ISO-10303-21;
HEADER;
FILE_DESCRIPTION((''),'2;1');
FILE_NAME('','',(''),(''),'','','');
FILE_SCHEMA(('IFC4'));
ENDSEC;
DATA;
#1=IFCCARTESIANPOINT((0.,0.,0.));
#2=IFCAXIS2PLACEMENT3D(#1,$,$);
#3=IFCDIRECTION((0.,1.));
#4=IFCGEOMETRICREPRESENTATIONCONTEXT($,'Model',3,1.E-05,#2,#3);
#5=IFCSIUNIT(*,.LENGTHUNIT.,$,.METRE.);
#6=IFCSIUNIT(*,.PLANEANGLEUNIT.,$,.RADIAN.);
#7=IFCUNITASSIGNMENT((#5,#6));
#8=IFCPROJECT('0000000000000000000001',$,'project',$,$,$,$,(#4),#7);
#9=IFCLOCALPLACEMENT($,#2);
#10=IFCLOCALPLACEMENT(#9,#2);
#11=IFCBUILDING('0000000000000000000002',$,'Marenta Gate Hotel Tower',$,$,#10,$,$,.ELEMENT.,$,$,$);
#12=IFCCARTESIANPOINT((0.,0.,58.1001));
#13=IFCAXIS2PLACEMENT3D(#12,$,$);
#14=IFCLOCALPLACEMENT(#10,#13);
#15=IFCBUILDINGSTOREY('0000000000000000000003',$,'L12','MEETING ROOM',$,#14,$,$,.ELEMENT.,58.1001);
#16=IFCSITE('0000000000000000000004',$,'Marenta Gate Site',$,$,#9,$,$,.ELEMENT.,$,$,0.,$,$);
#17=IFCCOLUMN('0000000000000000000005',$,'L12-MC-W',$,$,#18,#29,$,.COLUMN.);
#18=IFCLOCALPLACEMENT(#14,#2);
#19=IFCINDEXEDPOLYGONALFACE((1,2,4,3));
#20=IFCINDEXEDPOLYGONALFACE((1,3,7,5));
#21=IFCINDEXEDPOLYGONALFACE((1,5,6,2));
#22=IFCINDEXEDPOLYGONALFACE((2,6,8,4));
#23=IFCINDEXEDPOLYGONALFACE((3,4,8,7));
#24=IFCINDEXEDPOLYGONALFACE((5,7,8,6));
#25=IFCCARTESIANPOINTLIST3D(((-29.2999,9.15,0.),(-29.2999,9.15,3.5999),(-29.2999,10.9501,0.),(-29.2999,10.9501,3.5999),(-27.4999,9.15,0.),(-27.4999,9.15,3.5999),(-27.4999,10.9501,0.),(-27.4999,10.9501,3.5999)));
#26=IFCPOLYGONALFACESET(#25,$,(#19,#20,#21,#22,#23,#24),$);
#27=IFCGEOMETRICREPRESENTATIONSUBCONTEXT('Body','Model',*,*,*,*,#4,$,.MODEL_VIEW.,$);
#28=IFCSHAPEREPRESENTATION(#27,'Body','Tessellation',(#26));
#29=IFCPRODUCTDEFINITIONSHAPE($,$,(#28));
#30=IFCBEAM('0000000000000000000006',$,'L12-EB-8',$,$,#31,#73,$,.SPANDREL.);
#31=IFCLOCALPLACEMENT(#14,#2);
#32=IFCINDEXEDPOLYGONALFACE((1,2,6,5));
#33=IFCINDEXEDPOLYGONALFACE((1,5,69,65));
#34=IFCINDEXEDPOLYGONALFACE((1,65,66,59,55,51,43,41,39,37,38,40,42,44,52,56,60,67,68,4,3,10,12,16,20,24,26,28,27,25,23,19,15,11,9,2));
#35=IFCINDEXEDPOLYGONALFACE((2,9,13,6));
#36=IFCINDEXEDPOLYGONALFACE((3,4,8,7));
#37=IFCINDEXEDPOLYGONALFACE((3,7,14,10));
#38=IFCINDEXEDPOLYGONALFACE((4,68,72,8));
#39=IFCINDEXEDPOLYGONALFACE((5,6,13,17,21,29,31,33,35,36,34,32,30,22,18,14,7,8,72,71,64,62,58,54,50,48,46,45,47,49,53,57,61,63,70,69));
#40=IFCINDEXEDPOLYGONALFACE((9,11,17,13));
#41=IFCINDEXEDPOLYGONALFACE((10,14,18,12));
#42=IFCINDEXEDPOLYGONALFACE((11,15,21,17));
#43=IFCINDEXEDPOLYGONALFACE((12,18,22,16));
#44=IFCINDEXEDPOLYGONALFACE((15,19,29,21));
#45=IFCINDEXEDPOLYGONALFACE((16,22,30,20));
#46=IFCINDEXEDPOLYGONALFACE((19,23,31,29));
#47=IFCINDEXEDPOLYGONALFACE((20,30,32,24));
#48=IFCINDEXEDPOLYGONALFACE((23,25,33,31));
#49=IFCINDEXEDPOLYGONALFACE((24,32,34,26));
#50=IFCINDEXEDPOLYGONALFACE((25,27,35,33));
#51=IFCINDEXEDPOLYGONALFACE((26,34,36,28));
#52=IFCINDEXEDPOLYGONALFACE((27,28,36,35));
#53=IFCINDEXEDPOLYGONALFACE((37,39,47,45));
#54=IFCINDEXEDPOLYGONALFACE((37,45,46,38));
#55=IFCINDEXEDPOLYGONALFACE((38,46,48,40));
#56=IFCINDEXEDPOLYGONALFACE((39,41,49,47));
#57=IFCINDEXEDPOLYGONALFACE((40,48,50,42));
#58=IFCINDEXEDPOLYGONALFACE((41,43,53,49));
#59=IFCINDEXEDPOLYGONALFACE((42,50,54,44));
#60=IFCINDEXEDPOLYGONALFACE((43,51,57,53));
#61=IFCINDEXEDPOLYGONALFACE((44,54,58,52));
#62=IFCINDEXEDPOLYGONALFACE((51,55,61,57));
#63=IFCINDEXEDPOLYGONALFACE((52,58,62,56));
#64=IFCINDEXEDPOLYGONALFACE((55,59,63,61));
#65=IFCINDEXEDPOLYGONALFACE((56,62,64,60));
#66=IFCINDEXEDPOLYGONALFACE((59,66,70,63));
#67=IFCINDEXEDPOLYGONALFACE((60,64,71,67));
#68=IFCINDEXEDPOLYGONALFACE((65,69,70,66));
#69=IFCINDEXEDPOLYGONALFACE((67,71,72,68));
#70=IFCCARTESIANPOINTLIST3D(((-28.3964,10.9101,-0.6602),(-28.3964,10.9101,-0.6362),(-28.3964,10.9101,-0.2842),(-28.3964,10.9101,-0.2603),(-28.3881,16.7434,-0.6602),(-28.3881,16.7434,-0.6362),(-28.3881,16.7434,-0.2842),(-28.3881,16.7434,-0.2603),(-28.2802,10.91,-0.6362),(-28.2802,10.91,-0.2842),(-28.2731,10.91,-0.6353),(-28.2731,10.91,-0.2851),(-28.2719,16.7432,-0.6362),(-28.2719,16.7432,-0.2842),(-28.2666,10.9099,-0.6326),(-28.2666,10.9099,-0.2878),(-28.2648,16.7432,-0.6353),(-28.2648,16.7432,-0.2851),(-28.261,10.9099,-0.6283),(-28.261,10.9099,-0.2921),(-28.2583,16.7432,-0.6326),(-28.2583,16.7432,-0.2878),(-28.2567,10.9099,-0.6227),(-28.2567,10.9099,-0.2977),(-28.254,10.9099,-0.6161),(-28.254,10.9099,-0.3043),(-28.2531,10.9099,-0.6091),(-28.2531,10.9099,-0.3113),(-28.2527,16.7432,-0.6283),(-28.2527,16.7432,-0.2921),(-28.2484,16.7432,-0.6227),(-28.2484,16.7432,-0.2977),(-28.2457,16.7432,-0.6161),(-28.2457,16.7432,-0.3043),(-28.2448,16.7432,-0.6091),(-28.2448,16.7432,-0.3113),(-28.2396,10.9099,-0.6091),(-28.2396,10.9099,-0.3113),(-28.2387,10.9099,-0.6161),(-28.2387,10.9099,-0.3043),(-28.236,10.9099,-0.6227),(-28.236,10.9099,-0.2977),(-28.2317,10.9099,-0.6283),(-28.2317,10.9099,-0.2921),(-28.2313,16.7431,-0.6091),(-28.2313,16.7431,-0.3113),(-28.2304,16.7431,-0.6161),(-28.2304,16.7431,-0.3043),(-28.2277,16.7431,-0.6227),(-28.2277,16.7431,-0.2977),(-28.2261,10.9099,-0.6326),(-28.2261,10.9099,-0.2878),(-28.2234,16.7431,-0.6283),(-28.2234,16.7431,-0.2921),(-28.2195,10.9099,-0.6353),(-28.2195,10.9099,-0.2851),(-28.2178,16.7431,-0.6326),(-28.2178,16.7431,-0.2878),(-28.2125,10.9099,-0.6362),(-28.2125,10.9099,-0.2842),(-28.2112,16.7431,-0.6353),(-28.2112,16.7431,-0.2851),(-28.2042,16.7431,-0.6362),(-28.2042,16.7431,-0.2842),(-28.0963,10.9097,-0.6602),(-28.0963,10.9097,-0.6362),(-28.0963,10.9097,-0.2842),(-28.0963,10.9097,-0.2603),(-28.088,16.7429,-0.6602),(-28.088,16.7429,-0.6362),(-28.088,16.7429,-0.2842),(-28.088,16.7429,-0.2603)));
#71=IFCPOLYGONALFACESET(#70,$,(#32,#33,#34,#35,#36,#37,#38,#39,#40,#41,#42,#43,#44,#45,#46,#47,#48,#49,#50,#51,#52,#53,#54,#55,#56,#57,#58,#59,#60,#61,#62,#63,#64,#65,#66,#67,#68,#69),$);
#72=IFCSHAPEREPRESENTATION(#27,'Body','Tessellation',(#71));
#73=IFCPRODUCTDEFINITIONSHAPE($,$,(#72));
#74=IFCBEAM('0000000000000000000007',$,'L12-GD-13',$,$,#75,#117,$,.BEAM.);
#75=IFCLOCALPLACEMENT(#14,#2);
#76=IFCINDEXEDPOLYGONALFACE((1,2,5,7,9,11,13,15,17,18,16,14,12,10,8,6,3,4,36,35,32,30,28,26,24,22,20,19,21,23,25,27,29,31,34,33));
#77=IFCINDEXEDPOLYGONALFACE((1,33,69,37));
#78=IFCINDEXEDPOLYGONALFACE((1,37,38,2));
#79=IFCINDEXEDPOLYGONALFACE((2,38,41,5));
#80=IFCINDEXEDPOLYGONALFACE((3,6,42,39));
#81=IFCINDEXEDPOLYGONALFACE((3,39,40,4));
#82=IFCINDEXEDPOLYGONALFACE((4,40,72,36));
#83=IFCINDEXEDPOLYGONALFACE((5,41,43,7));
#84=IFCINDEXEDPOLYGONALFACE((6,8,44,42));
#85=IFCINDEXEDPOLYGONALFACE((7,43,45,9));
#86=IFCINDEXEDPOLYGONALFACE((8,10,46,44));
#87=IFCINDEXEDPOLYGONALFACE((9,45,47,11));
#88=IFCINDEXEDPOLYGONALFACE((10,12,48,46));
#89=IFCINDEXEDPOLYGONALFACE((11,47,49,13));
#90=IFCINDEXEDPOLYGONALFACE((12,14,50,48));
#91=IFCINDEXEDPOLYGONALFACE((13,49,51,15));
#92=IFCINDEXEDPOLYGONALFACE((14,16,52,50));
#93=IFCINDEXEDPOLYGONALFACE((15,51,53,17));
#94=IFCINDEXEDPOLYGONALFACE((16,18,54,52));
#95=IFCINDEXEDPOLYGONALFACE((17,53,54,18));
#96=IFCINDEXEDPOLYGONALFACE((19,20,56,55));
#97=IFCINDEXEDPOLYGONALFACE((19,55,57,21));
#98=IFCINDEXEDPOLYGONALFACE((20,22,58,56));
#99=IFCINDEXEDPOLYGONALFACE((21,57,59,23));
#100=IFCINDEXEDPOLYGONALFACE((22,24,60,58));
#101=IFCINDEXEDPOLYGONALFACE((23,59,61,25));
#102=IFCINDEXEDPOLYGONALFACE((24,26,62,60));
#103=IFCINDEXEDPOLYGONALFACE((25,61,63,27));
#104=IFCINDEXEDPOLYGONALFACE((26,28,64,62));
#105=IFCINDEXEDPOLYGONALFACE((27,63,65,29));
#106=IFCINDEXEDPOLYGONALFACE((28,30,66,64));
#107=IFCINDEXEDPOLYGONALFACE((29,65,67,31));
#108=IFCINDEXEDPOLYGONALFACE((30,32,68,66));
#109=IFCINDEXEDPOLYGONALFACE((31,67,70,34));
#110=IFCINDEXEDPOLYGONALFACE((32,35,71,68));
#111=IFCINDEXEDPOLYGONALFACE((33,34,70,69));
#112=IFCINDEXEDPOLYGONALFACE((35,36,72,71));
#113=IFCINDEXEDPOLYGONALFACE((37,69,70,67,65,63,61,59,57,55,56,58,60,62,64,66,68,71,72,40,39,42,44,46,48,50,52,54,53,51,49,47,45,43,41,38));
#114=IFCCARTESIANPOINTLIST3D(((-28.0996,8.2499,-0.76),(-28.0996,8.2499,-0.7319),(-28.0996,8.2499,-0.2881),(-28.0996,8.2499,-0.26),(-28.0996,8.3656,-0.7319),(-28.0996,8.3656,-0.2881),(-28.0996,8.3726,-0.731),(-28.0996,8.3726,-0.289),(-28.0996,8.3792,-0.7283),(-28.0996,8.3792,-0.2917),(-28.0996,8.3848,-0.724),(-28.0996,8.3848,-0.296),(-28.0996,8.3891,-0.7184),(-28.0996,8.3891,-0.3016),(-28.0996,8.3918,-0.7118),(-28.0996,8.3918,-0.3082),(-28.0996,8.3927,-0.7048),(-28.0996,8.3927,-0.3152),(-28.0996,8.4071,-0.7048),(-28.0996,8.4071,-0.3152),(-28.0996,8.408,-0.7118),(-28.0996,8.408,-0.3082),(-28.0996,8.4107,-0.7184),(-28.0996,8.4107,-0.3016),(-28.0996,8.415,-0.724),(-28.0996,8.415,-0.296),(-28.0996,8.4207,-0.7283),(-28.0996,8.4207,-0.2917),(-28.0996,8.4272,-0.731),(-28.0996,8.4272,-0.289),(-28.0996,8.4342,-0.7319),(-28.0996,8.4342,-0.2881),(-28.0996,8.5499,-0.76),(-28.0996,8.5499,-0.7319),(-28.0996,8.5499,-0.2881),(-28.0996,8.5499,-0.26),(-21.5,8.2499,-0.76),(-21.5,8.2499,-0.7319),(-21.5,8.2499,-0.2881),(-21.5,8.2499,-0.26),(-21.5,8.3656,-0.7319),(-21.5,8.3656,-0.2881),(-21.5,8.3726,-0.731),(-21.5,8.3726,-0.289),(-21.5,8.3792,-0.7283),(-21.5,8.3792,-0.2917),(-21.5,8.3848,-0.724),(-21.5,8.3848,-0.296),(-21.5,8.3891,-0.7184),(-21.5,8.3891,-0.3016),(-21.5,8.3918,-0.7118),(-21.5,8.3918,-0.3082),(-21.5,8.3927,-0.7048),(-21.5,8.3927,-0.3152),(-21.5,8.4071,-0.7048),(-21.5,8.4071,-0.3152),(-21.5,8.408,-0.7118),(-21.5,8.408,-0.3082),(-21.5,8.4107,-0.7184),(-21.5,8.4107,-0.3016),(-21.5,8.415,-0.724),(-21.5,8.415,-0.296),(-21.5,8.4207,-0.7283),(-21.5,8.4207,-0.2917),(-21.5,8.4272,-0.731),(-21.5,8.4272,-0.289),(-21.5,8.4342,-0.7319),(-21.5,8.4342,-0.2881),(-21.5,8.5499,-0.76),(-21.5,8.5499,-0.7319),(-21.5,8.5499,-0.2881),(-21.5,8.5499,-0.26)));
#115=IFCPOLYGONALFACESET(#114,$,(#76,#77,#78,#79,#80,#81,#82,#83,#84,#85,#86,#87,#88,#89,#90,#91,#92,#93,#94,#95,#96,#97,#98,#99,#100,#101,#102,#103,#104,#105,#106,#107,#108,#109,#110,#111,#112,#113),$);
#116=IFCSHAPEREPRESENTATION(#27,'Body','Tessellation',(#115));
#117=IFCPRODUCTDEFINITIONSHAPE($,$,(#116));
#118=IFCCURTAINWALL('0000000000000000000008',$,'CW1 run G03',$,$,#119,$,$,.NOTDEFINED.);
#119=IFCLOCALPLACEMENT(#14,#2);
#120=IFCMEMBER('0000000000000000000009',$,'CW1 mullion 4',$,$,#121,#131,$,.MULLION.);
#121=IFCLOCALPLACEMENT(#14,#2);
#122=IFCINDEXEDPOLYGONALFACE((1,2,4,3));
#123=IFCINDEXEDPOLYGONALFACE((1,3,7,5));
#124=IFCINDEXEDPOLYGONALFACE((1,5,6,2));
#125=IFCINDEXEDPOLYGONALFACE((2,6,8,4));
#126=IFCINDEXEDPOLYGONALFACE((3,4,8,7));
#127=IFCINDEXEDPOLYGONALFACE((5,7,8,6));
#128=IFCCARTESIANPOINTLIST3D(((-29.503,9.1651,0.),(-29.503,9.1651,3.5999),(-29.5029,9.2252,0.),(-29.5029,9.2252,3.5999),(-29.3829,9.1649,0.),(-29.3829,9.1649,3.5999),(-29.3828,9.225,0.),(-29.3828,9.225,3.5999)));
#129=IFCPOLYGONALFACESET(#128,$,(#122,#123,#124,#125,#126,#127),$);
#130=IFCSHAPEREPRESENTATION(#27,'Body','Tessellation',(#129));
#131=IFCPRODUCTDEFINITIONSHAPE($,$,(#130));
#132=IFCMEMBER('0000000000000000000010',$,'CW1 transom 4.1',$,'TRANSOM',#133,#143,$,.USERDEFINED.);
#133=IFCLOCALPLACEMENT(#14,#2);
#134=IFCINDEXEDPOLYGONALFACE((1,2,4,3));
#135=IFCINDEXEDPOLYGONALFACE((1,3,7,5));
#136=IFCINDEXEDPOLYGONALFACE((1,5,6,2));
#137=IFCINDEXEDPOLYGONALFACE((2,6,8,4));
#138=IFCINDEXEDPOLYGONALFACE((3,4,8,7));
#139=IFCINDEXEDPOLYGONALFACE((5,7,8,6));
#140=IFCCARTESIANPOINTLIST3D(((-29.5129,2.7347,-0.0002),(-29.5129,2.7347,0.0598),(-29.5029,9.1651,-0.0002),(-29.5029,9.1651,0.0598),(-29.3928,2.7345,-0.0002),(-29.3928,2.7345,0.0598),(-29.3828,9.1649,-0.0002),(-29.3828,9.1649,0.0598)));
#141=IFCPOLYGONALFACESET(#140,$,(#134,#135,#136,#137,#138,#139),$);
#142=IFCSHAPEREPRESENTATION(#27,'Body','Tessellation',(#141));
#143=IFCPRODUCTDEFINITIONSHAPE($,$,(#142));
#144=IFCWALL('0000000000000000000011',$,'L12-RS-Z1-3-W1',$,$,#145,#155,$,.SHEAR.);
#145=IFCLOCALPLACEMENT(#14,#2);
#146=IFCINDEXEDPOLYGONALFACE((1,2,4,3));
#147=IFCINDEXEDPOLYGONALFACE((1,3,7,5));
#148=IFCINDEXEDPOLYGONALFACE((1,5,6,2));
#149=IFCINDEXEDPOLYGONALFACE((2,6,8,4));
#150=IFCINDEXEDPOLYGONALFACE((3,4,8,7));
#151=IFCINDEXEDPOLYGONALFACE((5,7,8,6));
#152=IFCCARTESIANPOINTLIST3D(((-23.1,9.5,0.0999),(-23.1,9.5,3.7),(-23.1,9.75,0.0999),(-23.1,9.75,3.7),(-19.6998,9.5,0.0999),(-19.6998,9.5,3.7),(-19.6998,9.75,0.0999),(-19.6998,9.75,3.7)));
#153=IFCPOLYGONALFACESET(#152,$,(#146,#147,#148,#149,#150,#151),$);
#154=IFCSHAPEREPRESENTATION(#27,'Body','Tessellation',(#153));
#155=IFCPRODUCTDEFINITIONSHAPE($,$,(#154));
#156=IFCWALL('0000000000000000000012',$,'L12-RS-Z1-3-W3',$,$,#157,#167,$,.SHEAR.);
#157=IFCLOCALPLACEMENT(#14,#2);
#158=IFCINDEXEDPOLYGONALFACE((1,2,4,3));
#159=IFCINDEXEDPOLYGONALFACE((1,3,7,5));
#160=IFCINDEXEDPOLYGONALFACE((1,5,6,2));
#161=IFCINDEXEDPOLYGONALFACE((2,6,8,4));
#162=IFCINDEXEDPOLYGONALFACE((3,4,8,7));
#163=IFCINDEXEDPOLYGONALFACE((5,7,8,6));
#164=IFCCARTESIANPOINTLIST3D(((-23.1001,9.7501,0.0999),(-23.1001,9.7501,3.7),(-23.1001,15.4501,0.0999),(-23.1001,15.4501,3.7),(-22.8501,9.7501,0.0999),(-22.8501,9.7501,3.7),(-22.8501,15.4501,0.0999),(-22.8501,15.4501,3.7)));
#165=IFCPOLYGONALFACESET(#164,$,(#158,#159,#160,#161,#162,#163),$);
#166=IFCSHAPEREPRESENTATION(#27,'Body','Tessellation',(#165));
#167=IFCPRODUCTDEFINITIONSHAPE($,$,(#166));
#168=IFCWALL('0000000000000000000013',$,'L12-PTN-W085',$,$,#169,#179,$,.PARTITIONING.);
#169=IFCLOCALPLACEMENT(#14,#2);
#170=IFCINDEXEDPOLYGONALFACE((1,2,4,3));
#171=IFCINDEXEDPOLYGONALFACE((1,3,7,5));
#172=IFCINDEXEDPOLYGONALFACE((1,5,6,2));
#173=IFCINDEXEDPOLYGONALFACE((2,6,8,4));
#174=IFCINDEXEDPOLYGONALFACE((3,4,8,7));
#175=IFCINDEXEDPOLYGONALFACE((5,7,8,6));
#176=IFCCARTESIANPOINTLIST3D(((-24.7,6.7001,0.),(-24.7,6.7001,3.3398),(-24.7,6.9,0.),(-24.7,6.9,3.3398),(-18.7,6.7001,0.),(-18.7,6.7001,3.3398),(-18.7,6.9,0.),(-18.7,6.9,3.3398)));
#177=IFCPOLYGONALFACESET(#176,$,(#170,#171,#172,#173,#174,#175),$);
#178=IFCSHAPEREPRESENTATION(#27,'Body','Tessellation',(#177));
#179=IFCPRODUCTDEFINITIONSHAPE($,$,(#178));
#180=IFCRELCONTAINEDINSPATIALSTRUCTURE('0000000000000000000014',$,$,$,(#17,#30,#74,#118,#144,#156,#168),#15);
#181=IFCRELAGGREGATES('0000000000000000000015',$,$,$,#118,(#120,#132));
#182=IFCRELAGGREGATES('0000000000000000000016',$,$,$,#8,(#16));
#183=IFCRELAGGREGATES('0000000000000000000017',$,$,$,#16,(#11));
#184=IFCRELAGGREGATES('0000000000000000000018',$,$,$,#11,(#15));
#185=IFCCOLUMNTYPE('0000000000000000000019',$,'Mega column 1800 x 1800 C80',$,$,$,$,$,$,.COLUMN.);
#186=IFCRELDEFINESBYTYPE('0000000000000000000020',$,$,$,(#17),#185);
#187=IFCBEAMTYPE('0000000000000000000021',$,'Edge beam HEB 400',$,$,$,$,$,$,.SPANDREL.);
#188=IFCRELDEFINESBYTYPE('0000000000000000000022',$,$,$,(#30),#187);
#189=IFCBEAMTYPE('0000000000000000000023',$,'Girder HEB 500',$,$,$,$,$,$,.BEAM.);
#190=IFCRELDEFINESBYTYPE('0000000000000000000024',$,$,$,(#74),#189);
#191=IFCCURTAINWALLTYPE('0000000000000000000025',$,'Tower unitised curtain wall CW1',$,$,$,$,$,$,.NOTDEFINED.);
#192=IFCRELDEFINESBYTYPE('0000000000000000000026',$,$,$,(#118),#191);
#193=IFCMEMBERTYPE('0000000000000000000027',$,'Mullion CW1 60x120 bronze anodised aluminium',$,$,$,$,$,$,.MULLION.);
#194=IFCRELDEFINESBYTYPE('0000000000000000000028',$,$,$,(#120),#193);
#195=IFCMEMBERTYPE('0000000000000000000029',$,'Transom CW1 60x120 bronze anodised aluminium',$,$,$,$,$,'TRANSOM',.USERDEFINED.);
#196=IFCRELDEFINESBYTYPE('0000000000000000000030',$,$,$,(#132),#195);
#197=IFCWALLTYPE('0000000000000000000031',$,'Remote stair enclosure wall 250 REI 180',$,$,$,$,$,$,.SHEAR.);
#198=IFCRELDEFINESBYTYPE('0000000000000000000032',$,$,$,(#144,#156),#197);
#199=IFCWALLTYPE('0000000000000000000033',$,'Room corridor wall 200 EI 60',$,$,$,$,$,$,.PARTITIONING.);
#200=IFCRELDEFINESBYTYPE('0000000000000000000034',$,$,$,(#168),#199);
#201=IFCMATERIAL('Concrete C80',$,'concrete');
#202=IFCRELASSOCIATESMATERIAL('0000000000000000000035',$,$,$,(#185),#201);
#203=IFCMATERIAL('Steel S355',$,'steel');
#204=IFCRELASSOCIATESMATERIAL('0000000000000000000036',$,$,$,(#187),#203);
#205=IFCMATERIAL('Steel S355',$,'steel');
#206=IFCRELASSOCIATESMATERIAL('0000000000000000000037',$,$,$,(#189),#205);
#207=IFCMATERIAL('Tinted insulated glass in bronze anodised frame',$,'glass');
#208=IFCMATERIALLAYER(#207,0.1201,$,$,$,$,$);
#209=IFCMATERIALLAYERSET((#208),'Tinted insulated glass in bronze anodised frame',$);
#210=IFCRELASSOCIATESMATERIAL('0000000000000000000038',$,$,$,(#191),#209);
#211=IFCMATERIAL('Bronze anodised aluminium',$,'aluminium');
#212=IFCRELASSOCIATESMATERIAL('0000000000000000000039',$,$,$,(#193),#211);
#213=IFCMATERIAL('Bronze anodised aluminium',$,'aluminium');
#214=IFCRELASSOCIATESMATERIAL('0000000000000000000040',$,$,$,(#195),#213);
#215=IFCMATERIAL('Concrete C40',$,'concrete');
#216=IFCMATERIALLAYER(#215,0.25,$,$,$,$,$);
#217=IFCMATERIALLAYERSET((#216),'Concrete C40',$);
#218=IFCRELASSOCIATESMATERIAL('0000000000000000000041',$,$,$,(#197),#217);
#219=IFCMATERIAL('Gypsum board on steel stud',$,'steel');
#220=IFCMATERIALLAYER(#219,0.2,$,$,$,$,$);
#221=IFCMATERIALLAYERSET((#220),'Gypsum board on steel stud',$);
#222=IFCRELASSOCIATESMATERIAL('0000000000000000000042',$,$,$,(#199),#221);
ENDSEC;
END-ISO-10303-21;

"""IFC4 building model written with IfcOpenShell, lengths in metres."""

from ifc_helpers import new_model, si_unit, direction, frame, frame_2d, origin, origin_2d, place, context, subcontext, project, spatial, rectangle, i_section, extrude, material, layer, layer_set, material_profile, profile_set, type_object, element, aggregate, save


model = new_model("IFC4")

# Units and contexts
model_context = context("Model", 3, precision=1e-05, world=origin(), true_north=direction((0.0, 1.0)))
body_context = subcontext(model_context, "Body", "Model", "MODEL_VIEW")
ifc_project = project(units=[si_unit("LENGTHUNIT", "METRE"), si_unit("PLANEANGLEUNIT", "RADIAN")], contexts=[model_context])

# Site, building, storey
site_placement = place(None, origin())
site = spatial("IfcSite", under=ifc_project, at=site_placement, Name="Marenta Gate Site", CompositionType="ELEMENT", RefElevation=0.0)
building_placement = place(site_placement, origin())
building = spatial("IfcBuilding", under=site, at=building_placement, Name="Marenta Gate Hotel Tower", CompositionType="ELEMENT")
storey_placement = place(building_placement, frame((0.0, 0.0, 58.1001)))
storey = spatial("IfcBuildingStorey", under=building, at=storey_placement, Name="L12", Description="MEETING ROOM", CompositionType="ELEMENT", Elevation=58.1001)

# Column
ifc_material_1 = material(Name="Concrete C80", Category="concrete")
ifc_material_profile_1 = material_profile(ifc_material_1, rectangle(XDim=1.8, YDim=1.8, at=origin_2d()), Name="1800 x 1800")
ifc_profile_set_1 = profile_set([ifc_material_profile_1], Name="Concrete C80")
column_type = type_object("IfcColumnType", Name="Mega column 1800 x 1800 C80", PredefinedType="COLUMN", material=ifc_profile_set_1)
column_placement = place(storey_placement, frame((-28.3999, 10.05, 0.0), z_axis=(0.0, 0.0, 1.0), x_axis=(1.0, 0.0, 0.0)))
element("IfcColumn", 1, at=column_placement, inside=storey, type_object=column_type, Name="L12-MC-W", PredefinedType="COLUMN", context=body_context, shape_type="SweptSolid", body=[
    extrude(rectangle(XDim=1.8, YDim=1.8, at=origin_2d()), origin(), (0.0, 0.0, 1.0), 3.5999),
])

# Beams
ifc_material_2 = material(Name="Steel S355", Category="steel")
ifc_material_profile_2 = material_profile(ifc_material_2, i_section(OverallWidth=0.3, OverallDepth=0.3999, WebThickness=0.0134, FlangeThickness=0.0239, FilletRadius=0.0271, at=origin_2d()), Name="HEB 400")
ifc_profile_set_2 = profile_set([ifc_material_profile_2], Name="Steel S355")
beam_type_1 = type_object("IfcBeamType", Name="Edge beam HEB 400", PredefinedType="SPANDREL", material=ifc_profile_set_2)
beam_1_placement = place(storey_placement, frame((-28.2463, 10.9099, -0.4602), z_axis=(0.001423, 0.999999, 0.0), x_axis=(-0.999999, 0.001423, 0.0)))
element("IfcBeam", 2, at=beam_1_placement, inside=storey, type_object=beam_type_1, Name="L12-EB-8", PredefinedType="SPANDREL", context=body_context, shape_type="SweptSolid", body=[
    extrude(i_section(OverallWidth=0.3, OverallDepth=0.3999, WebThickness=0.0134, FlangeThickness=0.0239, FilletRadius=0.0271, at=origin_2d()), origin(), (0.0, 0.0, 1.0), 5.8333),
])
ifc_material_3 = material(Name="Steel S355", Category="steel")
ifc_material_profile_3 = material_profile(ifc_material_3, i_section(OverallWidth=0.3, OverallDepth=0.5, WebThickness=0.0144, FlangeThickness=0.0281, FilletRadius=0.0271, at=origin_2d()), Name="HEB 500")
ifc_profile_set_3 = profile_set([ifc_material_profile_3], Name="Steel S355")
beam_type_2 = type_object("IfcBeamType", Name="Girder HEB 500", PredefinedType="BEAM", material=ifc_profile_set_3)
beam_2_placement = place(storey_placement, frame((-28.0996, 8.3999, -0.51), z_axis=(1.0, 0.0, 0.0), x_axis=(0.0, 1.0, 0.0)))
element("IfcBeam", 3, at=beam_2_placement, inside=storey, type_object=beam_type_2, Name="L12-GD-13", PredefinedType="BEAM", context=body_context, shape_type="SweptSolid", body=[
    extrude(i_section(OverallWidth=0.3, OverallDepth=0.5, WebThickness=0.0144, FlangeThickness=0.0281, FilletRadius=0.0271, at=origin_2d()), origin(), (0.0, 0.0, 1.0), 6.5996),
])

# Curtain wall, members
ifc_material_4 = material(Name="Tinted insulated glass in bronze anodised frame", Category="glass")
ifc_layer_1 = layer(ifc_material_4, 0.1201)
ifc_layer_set_1 = layer_set([ifc_layer_1], Name="Tinted insulated glass in bronze anodised frame")
curtain_wall_type = type_object("IfcCurtainWallType", Name="Tower unitised curtain wall CW1", PredefinedType="NOTDEFINED", material=ifc_layer_set_1)
curtain_wall_placement = place(storey_placement, origin())
curtain_wall = element("IfcCurtainWall", 4, at=curtain_wall_placement, inside=storey, type_object=curtain_wall_type, Name="CW1 run G03", PredefinedType="NOTDEFINED")
ifc_material_5 = material(Name="Bronze anodised aluminium", Category="aluminium")
ifc_material_profile_4 = material_profile(ifc_material_5, rectangle(XDim=0.1201, YDim=0.0601, at=origin_2d()), Name="Mullion CW1 60x120 bronze anodised aluminium")
ifc_profile_set_4 = profile_set([ifc_material_profile_4], Name="Bronze anodised aluminium")
member_type_1 = type_object("IfcMemberType", Name="Mullion CW1 60x120 bronze anodised aluminium", PredefinedType="MULLION", material=ifc_profile_set_4)
member_1_placement = place(storey_placement, frame((-29.4429, 9.1951, 0.0), z_axis=(0.0, 0.0, 1.0), x_axis=(0.999999, -0.001566, 0.0)))
member_1 = element("IfcMember", 5, at=member_1_placement, type_object=member_type_1, Name="CW1 mullion 4", PredefinedType="MULLION", context=body_context, shape_type="SweptSolid", body=[
    extrude(rectangle(XDim=0.1201, YDim=0.0601, at=origin_2d()), origin(), (0.0, 0.0, 1.0), 3.5999),
])
ifc_material_6 = material(Name="Bronze anodised aluminium", Category="aluminium")
ifc_material_profile_5 = material_profile(ifc_material_6, rectangle(XDim=0.1201, YDim=0.0601, at=origin_2d()), Name="Transom CW1 60x120 bronze anodised aluminium")
ifc_profile_set_5 = profile_set([ifc_material_profile_5], Name="Bronze anodised aluminium")
member_type_2 = type_object("IfcMemberType", Name="Transom CW1 60x120 bronze anodised aluminium", ElementType="TRANSOM", PredefinedType="USERDEFINED", material=ifc_profile_set_5)
member_2_placement = place(storey_placement, frame((-29.4429, 9.165, 0.0298), z_axis=(-0.001557, -0.999999, 0.0), x_axis=(0.999999, -0.001557, 0.0)))
member_2 = element("IfcMember", 6, at=member_2_placement, type_object=member_type_2, Name="CW1 transom 4.1", ObjectType="TRANSOM", PredefinedType="USERDEFINED", context=body_context, shape_type="SweptSolid", body=[
    extrude(rectangle(XDim=0.1201, YDim=0.0601, at=origin_2d()), origin(), (0.0, 0.0, 1.0), 6.4304),
])
aggregate(curtain_wall, [member_1, member_2])

# Walls
ifc_material_7 = material(Name="Concrete C40", Category="concrete")
ifc_layer_2 = layer(ifc_material_7, 0.25)
ifc_layer_set_2 = layer_set([ifc_layer_2], Name="Concrete C40")
wall_type_1 = type_object("IfcWallType", Name="Remote stair enclosure wall 250 REI 180", PredefinedType="SHEAR", material=ifc_layer_set_2)
wall_1_placement = place(storey_placement, frame((-23.1001, 9.625, 0.0999), z_axis=(0.0, 0.0, 1.0), x_axis=(1.0, 0.0, 0.0)))
element("IfcWall", 7, at=wall_1_placement, inside=storey, type_object=wall_type_1, Name="L12-RS-Z1-3-W1", PredefinedType="SHEAR", context=body_context, shape_type="SweptSolid", body=[
    extrude(rectangle(XDim=3.4001, YDim=0.25, at=frame_2d((1.7002, 0.0))), origin(), (0.0, 0.0, 1.0), 3.6001),
])
wall_2_placement = place(storey_placement, frame((-22.9751, 9.75, 0.0999), z_axis=(0.0, 0.0, 1.0), x_axis=(0.0, 1.0, 0.0)))
element("IfcWall", 8, at=wall_2_placement, inside=storey, type_object=wall_type_1, Name="L12-RS-Z1-3-W3", PredefinedType="SHEAR", context=body_context, shape_type="SweptSolid", body=[
    extrude(rectangle(XDim=5.7, YDim=0.25, at=frame_2d((2.8501, 0.0))), origin(), (0.0, 0.0, 1.0), 3.6001),
])
ifc_material_8 = material(Name="Gypsum board on steel stud", Category="steel")
ifc_layer_3 = layer(ifc_material_8, 0.2)
ifc_layer_set_3 = layer_set([ifc_layer_3], Name="Gypsum board on steel stud")
wall_type_2 = type_object("IfcWallType", Name="Room corridor wall 200 EI 60", PredefinedType="PARTITIONING", material=ifc_layer_set_3)
wall_3_placement = place(storey_placement, frame((-24.7, 6.8, 0.0), z_axis=(0.0, 0.0, 1.0), x_axis=(1.0, 0.0, 0.0)))
element("IfcWall", 9, at=wall_3_placement, inside=storey, type_object=wall_type_2, Name="L12-PTN-W085", PredefinedType="PARTITIONING", context=body_context, shape_type="SweptSolid", body=[
    extrude(rectangle(XDim=6.0, YDim=0.2, at=frame_2d((3.0, 0.0))), origin(), (0.0, 0.0, 1.0), 3.3398),
])

save(model, "model.ifc")
